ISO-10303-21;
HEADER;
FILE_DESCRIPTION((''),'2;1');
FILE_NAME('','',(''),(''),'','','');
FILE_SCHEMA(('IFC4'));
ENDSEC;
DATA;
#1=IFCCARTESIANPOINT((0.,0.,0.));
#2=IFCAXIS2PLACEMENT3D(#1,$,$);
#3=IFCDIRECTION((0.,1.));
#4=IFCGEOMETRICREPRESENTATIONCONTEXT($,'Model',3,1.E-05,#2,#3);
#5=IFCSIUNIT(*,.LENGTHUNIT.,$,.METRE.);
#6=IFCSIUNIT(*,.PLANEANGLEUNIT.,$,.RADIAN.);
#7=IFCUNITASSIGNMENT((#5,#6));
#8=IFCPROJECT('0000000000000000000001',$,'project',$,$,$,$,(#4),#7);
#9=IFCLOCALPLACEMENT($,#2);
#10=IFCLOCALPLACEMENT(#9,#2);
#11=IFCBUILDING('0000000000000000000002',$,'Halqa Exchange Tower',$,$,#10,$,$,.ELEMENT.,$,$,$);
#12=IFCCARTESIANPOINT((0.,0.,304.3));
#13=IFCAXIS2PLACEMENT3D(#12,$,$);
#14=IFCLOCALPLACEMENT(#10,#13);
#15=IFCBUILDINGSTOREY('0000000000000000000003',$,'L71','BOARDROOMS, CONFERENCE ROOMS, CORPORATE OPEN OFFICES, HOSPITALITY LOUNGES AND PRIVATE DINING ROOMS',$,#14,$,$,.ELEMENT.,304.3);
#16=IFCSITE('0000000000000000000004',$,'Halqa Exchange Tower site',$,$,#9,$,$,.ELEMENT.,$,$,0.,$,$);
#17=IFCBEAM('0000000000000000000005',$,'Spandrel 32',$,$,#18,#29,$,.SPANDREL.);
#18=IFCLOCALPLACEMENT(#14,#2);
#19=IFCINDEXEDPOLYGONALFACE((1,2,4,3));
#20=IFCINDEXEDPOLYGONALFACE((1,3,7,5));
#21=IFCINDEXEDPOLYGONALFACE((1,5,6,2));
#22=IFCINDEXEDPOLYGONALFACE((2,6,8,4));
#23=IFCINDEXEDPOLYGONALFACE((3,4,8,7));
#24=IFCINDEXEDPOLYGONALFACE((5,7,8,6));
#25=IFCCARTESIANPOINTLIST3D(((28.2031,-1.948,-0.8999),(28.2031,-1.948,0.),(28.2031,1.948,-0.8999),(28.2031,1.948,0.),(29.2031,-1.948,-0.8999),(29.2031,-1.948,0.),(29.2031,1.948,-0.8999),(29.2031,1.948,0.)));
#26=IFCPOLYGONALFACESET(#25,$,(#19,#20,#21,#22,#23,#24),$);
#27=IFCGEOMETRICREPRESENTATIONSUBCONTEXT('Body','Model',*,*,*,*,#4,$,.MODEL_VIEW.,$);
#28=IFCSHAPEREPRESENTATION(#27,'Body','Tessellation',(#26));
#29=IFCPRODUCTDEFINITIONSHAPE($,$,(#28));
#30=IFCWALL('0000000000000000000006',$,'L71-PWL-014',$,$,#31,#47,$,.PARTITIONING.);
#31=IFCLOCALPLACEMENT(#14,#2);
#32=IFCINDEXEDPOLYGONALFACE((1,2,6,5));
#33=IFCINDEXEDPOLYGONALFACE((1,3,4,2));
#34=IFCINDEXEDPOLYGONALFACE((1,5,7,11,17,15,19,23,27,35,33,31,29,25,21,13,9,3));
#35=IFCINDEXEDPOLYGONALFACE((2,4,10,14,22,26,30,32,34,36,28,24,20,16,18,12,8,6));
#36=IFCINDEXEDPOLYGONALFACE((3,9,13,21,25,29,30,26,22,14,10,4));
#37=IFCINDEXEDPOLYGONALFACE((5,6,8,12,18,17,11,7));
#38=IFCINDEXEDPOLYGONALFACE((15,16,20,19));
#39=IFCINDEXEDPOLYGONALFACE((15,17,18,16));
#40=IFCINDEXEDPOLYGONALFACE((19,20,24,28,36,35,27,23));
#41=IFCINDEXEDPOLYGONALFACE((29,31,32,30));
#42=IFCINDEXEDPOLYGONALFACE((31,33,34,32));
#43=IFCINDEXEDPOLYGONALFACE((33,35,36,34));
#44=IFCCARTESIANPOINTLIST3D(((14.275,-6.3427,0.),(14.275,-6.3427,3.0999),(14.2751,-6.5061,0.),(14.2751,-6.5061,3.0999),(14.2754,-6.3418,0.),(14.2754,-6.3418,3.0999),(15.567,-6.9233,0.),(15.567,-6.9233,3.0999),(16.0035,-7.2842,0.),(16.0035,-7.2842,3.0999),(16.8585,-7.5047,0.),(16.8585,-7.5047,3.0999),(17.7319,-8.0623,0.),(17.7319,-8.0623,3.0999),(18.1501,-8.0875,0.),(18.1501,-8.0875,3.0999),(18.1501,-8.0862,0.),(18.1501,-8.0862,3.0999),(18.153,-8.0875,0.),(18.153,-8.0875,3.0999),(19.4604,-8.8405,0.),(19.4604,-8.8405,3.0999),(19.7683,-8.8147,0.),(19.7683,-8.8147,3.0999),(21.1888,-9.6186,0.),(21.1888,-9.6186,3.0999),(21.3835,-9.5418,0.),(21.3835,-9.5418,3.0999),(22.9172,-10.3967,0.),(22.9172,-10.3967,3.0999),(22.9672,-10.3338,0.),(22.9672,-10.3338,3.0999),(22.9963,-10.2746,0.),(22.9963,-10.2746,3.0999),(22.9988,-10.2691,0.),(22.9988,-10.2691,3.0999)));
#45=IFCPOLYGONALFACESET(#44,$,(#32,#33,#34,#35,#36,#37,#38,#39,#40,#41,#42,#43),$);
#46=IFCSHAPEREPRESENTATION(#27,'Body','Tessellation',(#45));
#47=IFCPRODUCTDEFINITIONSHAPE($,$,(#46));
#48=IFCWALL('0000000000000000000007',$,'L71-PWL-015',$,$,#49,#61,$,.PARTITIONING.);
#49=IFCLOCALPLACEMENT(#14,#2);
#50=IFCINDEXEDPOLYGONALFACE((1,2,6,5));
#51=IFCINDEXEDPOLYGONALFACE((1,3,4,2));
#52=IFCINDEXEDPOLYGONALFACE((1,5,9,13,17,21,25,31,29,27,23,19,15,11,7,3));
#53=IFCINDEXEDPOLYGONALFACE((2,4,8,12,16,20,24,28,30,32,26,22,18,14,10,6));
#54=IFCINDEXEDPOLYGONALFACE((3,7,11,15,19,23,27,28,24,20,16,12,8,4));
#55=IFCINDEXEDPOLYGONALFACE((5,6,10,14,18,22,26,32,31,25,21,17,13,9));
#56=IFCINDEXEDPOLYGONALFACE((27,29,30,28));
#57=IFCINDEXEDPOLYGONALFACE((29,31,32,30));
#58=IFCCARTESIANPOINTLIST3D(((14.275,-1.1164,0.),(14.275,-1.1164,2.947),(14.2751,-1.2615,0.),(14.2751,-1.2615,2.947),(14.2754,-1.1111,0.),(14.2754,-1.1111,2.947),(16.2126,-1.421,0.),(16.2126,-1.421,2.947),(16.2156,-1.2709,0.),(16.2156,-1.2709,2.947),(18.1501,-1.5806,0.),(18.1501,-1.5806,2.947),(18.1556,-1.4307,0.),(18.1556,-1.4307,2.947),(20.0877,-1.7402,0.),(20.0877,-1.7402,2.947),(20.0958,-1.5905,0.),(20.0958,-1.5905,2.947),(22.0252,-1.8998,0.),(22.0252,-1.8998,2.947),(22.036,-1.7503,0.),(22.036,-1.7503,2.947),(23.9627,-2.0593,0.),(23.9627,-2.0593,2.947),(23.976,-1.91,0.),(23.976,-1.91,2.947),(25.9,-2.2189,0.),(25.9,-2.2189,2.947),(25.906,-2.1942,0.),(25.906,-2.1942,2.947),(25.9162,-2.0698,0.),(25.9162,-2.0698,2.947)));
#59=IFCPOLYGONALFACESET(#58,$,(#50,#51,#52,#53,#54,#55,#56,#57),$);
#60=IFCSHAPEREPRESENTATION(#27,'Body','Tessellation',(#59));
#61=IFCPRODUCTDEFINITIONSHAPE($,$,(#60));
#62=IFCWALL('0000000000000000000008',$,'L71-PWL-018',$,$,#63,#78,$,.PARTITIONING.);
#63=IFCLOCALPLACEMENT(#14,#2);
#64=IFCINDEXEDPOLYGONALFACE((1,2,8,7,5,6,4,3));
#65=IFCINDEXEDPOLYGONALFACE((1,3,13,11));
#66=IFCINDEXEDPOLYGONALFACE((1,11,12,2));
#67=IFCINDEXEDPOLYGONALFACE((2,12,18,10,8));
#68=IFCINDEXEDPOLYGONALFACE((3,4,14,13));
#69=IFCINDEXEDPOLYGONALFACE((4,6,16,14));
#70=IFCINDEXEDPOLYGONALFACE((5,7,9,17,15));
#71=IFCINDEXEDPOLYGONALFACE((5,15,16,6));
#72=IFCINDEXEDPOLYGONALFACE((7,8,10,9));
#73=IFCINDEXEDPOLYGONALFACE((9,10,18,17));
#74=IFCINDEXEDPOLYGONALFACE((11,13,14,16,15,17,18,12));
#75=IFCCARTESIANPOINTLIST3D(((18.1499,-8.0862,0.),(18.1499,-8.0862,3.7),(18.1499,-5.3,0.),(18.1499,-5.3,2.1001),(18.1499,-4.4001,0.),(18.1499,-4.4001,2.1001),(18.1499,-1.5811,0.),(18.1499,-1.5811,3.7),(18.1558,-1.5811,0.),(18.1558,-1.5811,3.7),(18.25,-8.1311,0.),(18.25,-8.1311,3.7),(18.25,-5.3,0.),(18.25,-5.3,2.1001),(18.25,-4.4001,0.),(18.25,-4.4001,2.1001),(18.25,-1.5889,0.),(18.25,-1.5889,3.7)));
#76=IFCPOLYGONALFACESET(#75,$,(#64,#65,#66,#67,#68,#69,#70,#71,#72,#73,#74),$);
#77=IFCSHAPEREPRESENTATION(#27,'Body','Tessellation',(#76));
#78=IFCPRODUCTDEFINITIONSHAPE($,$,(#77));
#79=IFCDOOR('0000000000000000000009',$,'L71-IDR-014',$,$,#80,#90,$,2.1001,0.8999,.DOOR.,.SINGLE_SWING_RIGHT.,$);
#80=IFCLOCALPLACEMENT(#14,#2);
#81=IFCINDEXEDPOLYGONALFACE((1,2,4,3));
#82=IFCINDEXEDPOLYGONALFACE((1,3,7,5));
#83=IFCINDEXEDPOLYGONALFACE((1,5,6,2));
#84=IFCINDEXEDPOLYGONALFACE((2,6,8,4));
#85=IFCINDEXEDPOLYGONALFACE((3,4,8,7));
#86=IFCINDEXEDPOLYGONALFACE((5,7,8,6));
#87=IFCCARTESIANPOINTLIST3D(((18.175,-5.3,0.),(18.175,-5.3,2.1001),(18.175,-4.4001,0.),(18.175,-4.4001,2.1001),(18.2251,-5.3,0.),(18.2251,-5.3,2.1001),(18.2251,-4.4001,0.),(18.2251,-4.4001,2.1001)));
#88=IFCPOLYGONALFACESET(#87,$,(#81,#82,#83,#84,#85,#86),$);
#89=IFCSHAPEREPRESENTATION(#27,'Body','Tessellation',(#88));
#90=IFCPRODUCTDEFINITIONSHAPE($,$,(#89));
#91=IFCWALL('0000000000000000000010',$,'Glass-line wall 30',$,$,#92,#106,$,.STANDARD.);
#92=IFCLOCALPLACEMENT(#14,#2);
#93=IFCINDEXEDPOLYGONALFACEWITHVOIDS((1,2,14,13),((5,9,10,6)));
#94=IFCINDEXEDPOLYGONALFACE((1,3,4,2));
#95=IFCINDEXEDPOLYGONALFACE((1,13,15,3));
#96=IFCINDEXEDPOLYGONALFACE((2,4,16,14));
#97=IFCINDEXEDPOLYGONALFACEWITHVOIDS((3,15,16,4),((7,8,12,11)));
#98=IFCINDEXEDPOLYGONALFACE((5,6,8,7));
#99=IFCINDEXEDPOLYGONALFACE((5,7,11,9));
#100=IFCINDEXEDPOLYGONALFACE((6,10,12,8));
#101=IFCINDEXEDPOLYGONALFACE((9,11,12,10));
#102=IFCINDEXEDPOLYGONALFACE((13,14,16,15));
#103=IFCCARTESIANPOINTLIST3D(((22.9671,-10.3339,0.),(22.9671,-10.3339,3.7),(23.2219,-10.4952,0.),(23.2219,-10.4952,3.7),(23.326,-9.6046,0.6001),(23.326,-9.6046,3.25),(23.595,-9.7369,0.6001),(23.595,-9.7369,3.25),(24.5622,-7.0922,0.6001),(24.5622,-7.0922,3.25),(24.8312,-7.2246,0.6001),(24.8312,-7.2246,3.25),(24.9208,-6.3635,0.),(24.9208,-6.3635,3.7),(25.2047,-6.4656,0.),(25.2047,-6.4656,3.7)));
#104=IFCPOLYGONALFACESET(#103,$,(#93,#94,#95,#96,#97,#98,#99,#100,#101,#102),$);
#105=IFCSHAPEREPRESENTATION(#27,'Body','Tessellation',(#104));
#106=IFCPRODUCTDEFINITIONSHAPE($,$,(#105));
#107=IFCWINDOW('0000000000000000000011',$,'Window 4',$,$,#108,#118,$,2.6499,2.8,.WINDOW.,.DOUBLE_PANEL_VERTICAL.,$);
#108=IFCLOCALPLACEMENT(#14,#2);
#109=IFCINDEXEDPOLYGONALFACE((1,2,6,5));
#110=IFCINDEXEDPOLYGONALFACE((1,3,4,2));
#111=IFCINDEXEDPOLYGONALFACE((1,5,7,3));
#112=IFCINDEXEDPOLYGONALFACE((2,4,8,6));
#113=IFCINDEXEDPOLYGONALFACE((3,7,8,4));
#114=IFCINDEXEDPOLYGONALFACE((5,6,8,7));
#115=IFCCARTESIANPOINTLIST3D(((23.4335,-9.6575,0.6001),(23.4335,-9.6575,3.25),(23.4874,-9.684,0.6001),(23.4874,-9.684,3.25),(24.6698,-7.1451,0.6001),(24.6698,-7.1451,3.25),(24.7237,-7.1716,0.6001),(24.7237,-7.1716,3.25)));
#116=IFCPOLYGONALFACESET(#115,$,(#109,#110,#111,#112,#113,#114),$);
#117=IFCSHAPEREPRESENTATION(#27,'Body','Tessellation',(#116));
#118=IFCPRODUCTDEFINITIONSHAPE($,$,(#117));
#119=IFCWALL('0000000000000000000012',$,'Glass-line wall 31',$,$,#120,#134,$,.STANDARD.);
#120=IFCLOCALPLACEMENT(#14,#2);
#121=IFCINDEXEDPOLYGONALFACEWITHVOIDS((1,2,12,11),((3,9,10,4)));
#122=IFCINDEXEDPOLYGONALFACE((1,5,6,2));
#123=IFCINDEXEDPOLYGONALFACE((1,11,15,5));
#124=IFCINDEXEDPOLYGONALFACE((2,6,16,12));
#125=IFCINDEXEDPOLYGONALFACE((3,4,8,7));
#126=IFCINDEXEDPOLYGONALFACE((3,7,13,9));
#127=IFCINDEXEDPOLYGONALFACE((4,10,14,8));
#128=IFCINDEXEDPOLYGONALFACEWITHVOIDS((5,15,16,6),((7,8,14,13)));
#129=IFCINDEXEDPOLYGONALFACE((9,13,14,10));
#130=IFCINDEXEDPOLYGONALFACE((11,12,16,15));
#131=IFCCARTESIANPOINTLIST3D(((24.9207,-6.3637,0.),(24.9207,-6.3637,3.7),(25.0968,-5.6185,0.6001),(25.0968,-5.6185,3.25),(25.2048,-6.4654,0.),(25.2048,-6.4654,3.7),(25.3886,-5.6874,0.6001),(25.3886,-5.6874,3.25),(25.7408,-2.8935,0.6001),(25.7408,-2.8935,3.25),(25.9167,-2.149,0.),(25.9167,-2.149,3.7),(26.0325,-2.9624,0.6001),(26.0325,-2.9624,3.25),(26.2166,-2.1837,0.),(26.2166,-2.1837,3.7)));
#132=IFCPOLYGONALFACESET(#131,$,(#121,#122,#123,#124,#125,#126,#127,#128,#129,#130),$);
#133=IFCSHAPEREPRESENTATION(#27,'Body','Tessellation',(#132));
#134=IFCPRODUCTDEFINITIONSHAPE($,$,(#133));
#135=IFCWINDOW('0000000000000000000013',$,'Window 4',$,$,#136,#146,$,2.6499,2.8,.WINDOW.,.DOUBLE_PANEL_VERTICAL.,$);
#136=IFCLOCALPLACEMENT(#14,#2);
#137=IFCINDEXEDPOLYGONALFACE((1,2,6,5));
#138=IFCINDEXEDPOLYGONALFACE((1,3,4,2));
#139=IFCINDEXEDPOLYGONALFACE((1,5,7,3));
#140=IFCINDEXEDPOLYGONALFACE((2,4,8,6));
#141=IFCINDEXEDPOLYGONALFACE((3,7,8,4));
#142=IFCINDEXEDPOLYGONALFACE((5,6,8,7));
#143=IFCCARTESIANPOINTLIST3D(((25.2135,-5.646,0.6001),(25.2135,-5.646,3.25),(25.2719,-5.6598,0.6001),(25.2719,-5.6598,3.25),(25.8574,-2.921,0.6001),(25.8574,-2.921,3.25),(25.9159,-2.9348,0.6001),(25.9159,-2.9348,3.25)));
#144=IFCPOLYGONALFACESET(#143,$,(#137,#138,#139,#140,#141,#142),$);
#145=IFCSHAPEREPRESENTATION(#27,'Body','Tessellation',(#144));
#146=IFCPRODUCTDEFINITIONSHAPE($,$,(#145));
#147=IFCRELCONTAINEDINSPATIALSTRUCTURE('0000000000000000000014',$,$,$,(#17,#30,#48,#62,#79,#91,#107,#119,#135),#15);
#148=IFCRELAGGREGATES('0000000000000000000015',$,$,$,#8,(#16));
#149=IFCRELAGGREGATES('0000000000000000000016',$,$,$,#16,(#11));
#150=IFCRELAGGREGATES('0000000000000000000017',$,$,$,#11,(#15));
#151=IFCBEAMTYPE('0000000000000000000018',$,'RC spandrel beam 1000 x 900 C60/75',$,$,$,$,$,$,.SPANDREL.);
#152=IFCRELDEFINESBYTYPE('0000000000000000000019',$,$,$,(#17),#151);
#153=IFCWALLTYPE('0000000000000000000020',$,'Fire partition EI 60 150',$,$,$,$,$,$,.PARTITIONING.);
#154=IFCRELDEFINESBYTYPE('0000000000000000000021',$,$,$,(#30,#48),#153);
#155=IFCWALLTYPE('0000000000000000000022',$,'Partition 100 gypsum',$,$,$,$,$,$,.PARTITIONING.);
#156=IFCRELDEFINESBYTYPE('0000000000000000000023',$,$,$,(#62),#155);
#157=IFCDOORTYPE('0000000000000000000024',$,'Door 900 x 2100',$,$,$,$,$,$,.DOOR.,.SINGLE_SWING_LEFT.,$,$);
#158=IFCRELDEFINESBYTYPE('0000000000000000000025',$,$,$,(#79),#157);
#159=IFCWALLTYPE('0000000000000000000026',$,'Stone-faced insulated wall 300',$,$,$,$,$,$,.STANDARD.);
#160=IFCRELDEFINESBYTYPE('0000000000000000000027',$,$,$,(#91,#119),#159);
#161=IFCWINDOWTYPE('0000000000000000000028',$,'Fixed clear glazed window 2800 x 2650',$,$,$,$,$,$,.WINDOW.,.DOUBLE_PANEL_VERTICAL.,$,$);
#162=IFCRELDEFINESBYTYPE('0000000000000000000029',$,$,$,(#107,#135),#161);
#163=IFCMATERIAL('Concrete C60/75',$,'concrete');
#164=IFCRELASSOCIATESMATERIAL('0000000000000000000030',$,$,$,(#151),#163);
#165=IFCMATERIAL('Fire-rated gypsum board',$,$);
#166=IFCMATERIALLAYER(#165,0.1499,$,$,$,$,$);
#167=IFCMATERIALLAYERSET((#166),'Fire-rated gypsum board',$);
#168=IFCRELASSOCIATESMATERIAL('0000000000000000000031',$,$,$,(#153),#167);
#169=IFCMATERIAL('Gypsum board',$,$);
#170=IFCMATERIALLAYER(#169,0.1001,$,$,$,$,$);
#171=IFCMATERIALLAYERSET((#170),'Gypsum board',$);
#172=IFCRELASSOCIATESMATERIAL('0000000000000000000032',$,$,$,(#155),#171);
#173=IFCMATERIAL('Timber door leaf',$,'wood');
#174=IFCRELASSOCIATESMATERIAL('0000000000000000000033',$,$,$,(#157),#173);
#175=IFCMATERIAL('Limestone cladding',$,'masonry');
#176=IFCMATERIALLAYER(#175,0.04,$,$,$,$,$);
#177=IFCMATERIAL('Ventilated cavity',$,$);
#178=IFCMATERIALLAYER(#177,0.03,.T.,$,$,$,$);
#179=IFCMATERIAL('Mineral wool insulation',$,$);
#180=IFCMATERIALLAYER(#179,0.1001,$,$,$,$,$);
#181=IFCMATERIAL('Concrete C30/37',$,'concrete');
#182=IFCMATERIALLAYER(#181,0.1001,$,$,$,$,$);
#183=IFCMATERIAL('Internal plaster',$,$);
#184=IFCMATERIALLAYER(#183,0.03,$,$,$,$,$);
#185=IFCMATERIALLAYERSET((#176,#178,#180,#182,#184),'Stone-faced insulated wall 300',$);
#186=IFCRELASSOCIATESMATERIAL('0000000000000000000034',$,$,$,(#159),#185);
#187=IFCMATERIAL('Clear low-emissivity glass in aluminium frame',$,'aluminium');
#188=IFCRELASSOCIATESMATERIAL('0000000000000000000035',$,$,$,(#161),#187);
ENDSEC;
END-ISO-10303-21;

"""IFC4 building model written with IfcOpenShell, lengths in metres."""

from ifc_helpers import new_model, si_unit, direction, frame, frame_2d, origin, origin_2d, place, context, subcontext, project, spatial, polyline, rectangle, outline, extrude, material, layer, layer_set, material_profile, profile_set, type_object, element, fill, save


model = new_model("IFC4")

# Units and contexts
model_context = context("Model", 3, precision=1e-05, world=origin(), true_north=direction((0.0, 1.0)))
body_context = subcontext(model_context, "Body", "Model", "MODEL_VIEW")
ifc_project = project(units=[si_unit("LENGTHUNIT", "METRE"), si_unit("PLANEANGLEUNIT", "RADIAN")], contexts=[model_context])

# Site, building, storey
site_placement = place(None, origin())
site = spatial("IfcSite", under=ifc_project, at=site_placement, Name="Halqa Exchange Tower site", CompositionType="ELEMENT", RefElevation=0.0)
building_placement = place(site_placement, origin())
building = spatial("IfcBuilding", under=site, at=building_placement, Name="Halqa Exchange Tower", CompositionType="ELEMENT")
storey_placement = place(building_placement, frame((0.0, 0.0, 304.3)))
storey = spatial("IfcBuildingStorey", under=building, at=storey_placement, Name="L71", Description="BOARDROOMS, CONFERENCE ROOMS, CORPORATE OPEN OFFICES, HOSPITALITY LOUNGES AND PRIVATE DINING ROOMS", CompositionType="ELEMENT", Elevation=304.3)

# Beam
ifc_material_1 = material(Name="Concrete C60/75", Category="concrete")
ifc_material_profile_1 = material_profile(ifc_material_1, rectangle(XDim=1.0, YDim=0.8999, at=origin_2d()), Name="1000 x 900")
ifc_profile_set_1 = profile_set([ifc_material_profile_1], Name="Concrete C60/75")
beam_type_1 = type_object("IfcBeamType", Name="RC spandrel beam 1000 x 900 C60/75", PredefinedType="SPANDREL", material=ifc_profile_set_1)
beam_1_placement = place(storey_placement, frame((28.7031, -1.948, -0.45), z_axis=(0.0, 1.0, 0.0), x_axis=(-1.0, 0.0, 0.0)))
element("IfcBeam", 1, at=beam_1_placement, inside=storey, type_object=beam_type_1, Name="Spandrel 32", PredefinedType="SPANDREL", context=body_context, shape_type="SweptSolid", body=[
    extrude(rectangle(XDim=1.0, YDim=0.8999, at=origin_2d()), origin(), (0.0, 0.0, 1.0), 3.896),
])

# Walls
ifc_material_2 = material(Name="Fire-rated gypsum board")
ifc_layer_1 = layer(ifc_material_2, 0.1499)
ifc_layer_set_1 = layer_set([ifc_layer_1], Name="Fire-rated gypsum board")
wall_type_1 = type_object("IfcWallType", Name="Fire partition EI 60 150", PredefinedType="PARTITIONING", material=ifc_layer_set_1)
wall_1_placement = place(storey_placement, frame((14.2446, -6.4102, 0.0), z_axis=(0.0, 0.0, 1.0), x_axis=(0.911854, -0.410514, 0.0)))
element("IfcWall", 2, at=wall_1_placement, inside=storey, type_object=wall_type_1, Name="L71-PWL-014", PredefinedType="PARTITIONING", context=body_context, shape_type="SweptSolid", body=[
    extrude(outline(polyline([(0.0671, -0.075), (1.9626, -0.075), (3.8582, -0.075), (5.7537, -0.075), (7.6492, -0.075), (9.5447, -0.075), (9.5645, 0.0029), (9.5667, 0.0688), (9.5667, 0.075), (7.7952, 0.075), (6.0239, 0.075), (4.2524, 0.075), (4.2498, 0.0737), (4.2493, 0.075), (2.8328, 0.075), (1.4165, 0.075), (0.0, 0.075), (0.0, 0.074), (0.0671, -0.075)])), origin(), (0.0, 0.0, 1.0), 3.0999),
])
wall_2_placement = place(storey_placement, frame((14.2693, -1.1858, 0.0), z_axis=(0.0, 0.0, 1.0), x_axis=(0.996626, -0.082082, 0.0)))
element("IfcWall", 3, at=wall_2_placement, inside=storey, type_object=wall_type_1, Name="L71-PWL-015", PredefinedType="PARTITIONING", context=body_context, shape_type="SweptSolid", body=[
    extrude(outline(polyline([(0.012, -0.075), (1.9561, -0.075), (3.9001, -0.075), (5.8442, -0.075), (7.7883, -0.075), (9.7324, -0.075), (11.6763, -0.075), (11.6802, -0.0498), (11.6802, 0.075), (9.7334, 0.075), (7.7869, 0.075), (5.8401, 0.075), (3.8933, 0.075), (1.9468, 0.075), (0.0, 0.075), (0.0, 0.0696), (0.012, -0.075)])), origin(), (0.0, 0.0, 1.0), 2.947),
])

# Wall, opening, door
ifc_material_3 = material(Name="Gypsum board")
ifc_layer_2 = layer(ifc_material_3, 0.1001)
ifc_layer_set_2 = layer_set([ifc_layer_2], Name="Gypsum board")
wall_type_2 = type_object("IfcWallType", Name="Partition 100 gypsum", PredefinedType="PARTITIONING", material=ifc_layer_set_2)
wall_3_placement = place(storey_placement, frame((18.2, -1.5811, 0.0), z_axis=(0.0, 0.0, 1.0), x_axis=(0.0, -1.0, 0.0)))
wall_3 = element("IfcWall", 4, at=wall_3_placement, inside=storey, type_object=wall_type_2, Name="L71-PWL-018", PredefinedType="PARTITIONING", context=body_context, shape_type="SweptSolid", body=[
    extrude(outline(polyline([(0.0, -0.05), (1.6262, -0.05), (3.2524, -0.05), (4.8787, -0.05), (6.5051, -0.05), (6.55, 0.05), (6.55, 0.05), (4.9146, 0.05), (3.2788, 0.05), (1.6433, 0.05), (0.0078, 0.05), (0.0, -0.0442), (0.0, -0.05)])), origin(), (0.0, 0.0, 1.0), 3.7),
])
opening_1_placement = place(wall_3_placement, frame((2.8191, 0.0, 0.0)))
opening_1 = element("IfcOpeningElement", 5, at=opening_1_placement, cuts=wall_3, PredefinedType="OPENING", context=body_context, shape_type="SweptSolid", body=[
    extrude(rectangle(XDim=0.8999, YDim=2.1001, at=frame_2d((0.45, 1.05))), frame((0.0, 0.062, 0.0), z_axis=(0.0, -1.0, 0.0), x_axis=(1.0, 0.0, 0.0)), (0.0, 0.0, 1.0), 0.124),
])
ifc_material_4 = material(Name="Timber door leaf", Category="wood")
door_type_1 = type_object("IfcDoorType", Name="Door 900 x 2100", OperationType="SINGLE_SWING_LEFT", PredefinedType="DOOR", material=ifc_material_4)
door_1_placement = place(opening_1_placement, frame((0.8999, 0.0, 0.0), z_axis=(0.0, 0.0, 1.0), x_axis=(-1.0, 0.0, 0.0)))
door_1 = element("IfcDoor", 6, at=door_1_placement, inside=storey, type_object=door_type_1, Name="L71-IDR-014", OperationType="SINGLE_SWING_RIGHT", OverallHeight=2.1001, OverallWidth=0.8999, PredefinedType="DOOR", context=body_context, shape_type="SweptSolid", body=[
    extrude(rectangle(XDim=0.8999, YDim=2.1001, at=frame_2d((0.45, 1.05))), frame((0.0, 0.0249, 0.0), z_axis=(0.0, -1.0, 0.0), x_axis=(1.0, 0.0, 0.0)), (0.0, 0.0, 1.0), 0.05),
])
fill(opening_1, door_1)

# Walls, openings, windows
ifc_material_5 = material(Name="Limestone cladding", Category="masonry")
ifc_layer_3 = layer(ifc_material_5, 0.04)
ifc_material_6 = material(Name="Ventilated cavity")
ifc_layer_4 = layer(ifc_material_6, 0.03, ventilated=True)
ifc_material_7 = material(Name="Mineral wool insulation")
ifc_layer_5 = layer(ifc_material_7, 0.1001)
ifc_material_8 = material(Name="Concrete C30/37", Category="concrete")
ifc_layer_6 = layer(ifc_material_8, 0.1001)
ifc_material_9 = material(Name="Internal plaster")
ifc_layer_7 = layer(ifc_material_9, 0.03)
ifc_layer_set_3 = layer_set([ifc_layer_3, ifc_layer_4, ifc_layer_5, ifc_layer_6, ifc_layer_7], Name="Stone-faced insulated wall 300")
wall_type_3 = type_object("IfcWallType", Name="Stone-faced insulated wall 300", PredefinedType="STANDARD", material=ifc_layer_set_3)
wall_4_placement = place(storey_placement, frame((23.0945, -10.4146, 0.0), z_axis=(0.0, 0.0, 1.0), x_axis=(0.441509, 0.897257, 0.0)))
wall_4 = element("IfcWall", 7, at=wall_4_placement, inside=storey, type_object=wall_type_3, Name="Glass-line wall 30", PredefinedType="STANDARD", context=body_context, shape_type="SweptSolid", body=[
    extrude(outline(polyline([(-0.0161, -0.1499), (4.4749, -0.1499), (4.4412, 0.1499), (0.0161, 0.1499), (-0.0161, -0.1499)])), origin(), (0.0, 0.0, 1.0), 3.7),
])
opening_2_placement = place(wall_4_placement, frame((0.8291, 0.0, 0.6001)))
opening_2 = element("IfcOpeningElement", 8, at=opening_2_placement, cuts=wall_4, PredefinedType="OPENING", context=body_context, shape_type="SweptSolid", body=[
    extrude(rectangle(XDim=2.8, YDim=2.6499, at=frame_2d((1.3999, 1.325))), frame((0.0, 0.1621, 0.0), z_axis=(0.0, -1.0, 0.0), x_axis=(1.0, 0.0, 0.0)), (0.0, 0.0, 1.0), 0.324),
])
ifc_material_10 = material(Name="Clear low-emissivity glass in aluminium frame", Category="aluminium")
window_type = type_object("IfcWindowType", Name="Fixed clear glazed window 2800 x 2650", PartitioningType="DOUBLE_PANEL_VERTICAL", PredefinedType="WINDOW", material=ifc_material_10)
window_1_placement = place(opening_2_placement, origin())
window_1 = element("IfcWindow", 9, at=window_1_placement, inside=storey, type_object=window_type, Name="Window 4", OverallHeight=2.6499, OverallWidth=2.8, PartitioningType="DOUBLE_PANEL_VERTICAL", PredefinedType="WINDOW", context=body_context, shape_type="SweptSolid", body=[
    extrude(rectangle(XDim=2.8, YDim=2.6499, at=frame_2d((1.3999, 1.325))), frame((0.0, 0.03, 0.0), z_axis=(0.0, -1.0, 0.0), x_axis=(1.0, 0.0, 0.0)), (0.0, 0.0, 1.0), 0.0601),
])
fill(opening_2, window_1)
wall_5_placement = place(storey_placement, frame((25.0627, -6.4146, 0.0), z_axis=(0.0, 0.0, 1.0), x_axis=(0.229974, 0.973197, 0.0)))
wall_5 = element("IfcWall", 10, at=wall_5_placement, inside=storey, type_object=wall_type_3, Name="Glass-line wall 31", PredefinedType="STANDARD", context=body_context, shape_type="SweptSolid", body=[
    extrude(outline(polyline([(-0.0168, -0.1499), (4.3828, -0.1499), (4.3477, 0.1499), (0.0168, 0.1499), (-0.0168, -0.1499)])), origin(), (0.0, 0.0, 1.0), 3.7),
])
opening_3_placement = place(wall_5_placement, frame((0.7827, 0.0, 0.6001)))
opening_3 = element("IfcOpeningElement", 11, at=opening_3_placement, cuts=wall_5, PredefinedType="OPENING", context=body_context, shape_type="SweptSolid", body=[
    extrude(rectangle(XDim=2.8, YDim=2.6499, at=frame_2d((1.3999, 1.325))), frame((0.0, 0.1621, 0.0), z_axis=(0.0, -1.0, 0.0), x_axis=(1.0, 0.0, 0.0)), (0.0, 0.0, 1.0), 0.324),
])
window_2_placement = place(opening_3_placement, origin())
window_2 = element("IfcWindow", 12, at=window_2_placement, inside=storey, type_object=window_type, Name="Window 4", OverallHeight=2.6499, OverallWidth=2.8, PartitioningType="DOUBLE_PANEL_VERTICAL", PredefinedType="WINDOW", context=body_context, shape_type="SweptSolid", body=[
    extrude(rectangle(XDim=2.8, YDim=2.6499, at=frame_2d((1.3999, 1.325))), frame((0.0, 0.03, 0.0), z_axis=(0.0, -1.0, 0.0), x_axis=(1.0, 0.0, 0.0)), (0.0, 0.0, 1.0), 0.0601),
])
fill(opening_3, window_2)

save(model, "model.ifc")
